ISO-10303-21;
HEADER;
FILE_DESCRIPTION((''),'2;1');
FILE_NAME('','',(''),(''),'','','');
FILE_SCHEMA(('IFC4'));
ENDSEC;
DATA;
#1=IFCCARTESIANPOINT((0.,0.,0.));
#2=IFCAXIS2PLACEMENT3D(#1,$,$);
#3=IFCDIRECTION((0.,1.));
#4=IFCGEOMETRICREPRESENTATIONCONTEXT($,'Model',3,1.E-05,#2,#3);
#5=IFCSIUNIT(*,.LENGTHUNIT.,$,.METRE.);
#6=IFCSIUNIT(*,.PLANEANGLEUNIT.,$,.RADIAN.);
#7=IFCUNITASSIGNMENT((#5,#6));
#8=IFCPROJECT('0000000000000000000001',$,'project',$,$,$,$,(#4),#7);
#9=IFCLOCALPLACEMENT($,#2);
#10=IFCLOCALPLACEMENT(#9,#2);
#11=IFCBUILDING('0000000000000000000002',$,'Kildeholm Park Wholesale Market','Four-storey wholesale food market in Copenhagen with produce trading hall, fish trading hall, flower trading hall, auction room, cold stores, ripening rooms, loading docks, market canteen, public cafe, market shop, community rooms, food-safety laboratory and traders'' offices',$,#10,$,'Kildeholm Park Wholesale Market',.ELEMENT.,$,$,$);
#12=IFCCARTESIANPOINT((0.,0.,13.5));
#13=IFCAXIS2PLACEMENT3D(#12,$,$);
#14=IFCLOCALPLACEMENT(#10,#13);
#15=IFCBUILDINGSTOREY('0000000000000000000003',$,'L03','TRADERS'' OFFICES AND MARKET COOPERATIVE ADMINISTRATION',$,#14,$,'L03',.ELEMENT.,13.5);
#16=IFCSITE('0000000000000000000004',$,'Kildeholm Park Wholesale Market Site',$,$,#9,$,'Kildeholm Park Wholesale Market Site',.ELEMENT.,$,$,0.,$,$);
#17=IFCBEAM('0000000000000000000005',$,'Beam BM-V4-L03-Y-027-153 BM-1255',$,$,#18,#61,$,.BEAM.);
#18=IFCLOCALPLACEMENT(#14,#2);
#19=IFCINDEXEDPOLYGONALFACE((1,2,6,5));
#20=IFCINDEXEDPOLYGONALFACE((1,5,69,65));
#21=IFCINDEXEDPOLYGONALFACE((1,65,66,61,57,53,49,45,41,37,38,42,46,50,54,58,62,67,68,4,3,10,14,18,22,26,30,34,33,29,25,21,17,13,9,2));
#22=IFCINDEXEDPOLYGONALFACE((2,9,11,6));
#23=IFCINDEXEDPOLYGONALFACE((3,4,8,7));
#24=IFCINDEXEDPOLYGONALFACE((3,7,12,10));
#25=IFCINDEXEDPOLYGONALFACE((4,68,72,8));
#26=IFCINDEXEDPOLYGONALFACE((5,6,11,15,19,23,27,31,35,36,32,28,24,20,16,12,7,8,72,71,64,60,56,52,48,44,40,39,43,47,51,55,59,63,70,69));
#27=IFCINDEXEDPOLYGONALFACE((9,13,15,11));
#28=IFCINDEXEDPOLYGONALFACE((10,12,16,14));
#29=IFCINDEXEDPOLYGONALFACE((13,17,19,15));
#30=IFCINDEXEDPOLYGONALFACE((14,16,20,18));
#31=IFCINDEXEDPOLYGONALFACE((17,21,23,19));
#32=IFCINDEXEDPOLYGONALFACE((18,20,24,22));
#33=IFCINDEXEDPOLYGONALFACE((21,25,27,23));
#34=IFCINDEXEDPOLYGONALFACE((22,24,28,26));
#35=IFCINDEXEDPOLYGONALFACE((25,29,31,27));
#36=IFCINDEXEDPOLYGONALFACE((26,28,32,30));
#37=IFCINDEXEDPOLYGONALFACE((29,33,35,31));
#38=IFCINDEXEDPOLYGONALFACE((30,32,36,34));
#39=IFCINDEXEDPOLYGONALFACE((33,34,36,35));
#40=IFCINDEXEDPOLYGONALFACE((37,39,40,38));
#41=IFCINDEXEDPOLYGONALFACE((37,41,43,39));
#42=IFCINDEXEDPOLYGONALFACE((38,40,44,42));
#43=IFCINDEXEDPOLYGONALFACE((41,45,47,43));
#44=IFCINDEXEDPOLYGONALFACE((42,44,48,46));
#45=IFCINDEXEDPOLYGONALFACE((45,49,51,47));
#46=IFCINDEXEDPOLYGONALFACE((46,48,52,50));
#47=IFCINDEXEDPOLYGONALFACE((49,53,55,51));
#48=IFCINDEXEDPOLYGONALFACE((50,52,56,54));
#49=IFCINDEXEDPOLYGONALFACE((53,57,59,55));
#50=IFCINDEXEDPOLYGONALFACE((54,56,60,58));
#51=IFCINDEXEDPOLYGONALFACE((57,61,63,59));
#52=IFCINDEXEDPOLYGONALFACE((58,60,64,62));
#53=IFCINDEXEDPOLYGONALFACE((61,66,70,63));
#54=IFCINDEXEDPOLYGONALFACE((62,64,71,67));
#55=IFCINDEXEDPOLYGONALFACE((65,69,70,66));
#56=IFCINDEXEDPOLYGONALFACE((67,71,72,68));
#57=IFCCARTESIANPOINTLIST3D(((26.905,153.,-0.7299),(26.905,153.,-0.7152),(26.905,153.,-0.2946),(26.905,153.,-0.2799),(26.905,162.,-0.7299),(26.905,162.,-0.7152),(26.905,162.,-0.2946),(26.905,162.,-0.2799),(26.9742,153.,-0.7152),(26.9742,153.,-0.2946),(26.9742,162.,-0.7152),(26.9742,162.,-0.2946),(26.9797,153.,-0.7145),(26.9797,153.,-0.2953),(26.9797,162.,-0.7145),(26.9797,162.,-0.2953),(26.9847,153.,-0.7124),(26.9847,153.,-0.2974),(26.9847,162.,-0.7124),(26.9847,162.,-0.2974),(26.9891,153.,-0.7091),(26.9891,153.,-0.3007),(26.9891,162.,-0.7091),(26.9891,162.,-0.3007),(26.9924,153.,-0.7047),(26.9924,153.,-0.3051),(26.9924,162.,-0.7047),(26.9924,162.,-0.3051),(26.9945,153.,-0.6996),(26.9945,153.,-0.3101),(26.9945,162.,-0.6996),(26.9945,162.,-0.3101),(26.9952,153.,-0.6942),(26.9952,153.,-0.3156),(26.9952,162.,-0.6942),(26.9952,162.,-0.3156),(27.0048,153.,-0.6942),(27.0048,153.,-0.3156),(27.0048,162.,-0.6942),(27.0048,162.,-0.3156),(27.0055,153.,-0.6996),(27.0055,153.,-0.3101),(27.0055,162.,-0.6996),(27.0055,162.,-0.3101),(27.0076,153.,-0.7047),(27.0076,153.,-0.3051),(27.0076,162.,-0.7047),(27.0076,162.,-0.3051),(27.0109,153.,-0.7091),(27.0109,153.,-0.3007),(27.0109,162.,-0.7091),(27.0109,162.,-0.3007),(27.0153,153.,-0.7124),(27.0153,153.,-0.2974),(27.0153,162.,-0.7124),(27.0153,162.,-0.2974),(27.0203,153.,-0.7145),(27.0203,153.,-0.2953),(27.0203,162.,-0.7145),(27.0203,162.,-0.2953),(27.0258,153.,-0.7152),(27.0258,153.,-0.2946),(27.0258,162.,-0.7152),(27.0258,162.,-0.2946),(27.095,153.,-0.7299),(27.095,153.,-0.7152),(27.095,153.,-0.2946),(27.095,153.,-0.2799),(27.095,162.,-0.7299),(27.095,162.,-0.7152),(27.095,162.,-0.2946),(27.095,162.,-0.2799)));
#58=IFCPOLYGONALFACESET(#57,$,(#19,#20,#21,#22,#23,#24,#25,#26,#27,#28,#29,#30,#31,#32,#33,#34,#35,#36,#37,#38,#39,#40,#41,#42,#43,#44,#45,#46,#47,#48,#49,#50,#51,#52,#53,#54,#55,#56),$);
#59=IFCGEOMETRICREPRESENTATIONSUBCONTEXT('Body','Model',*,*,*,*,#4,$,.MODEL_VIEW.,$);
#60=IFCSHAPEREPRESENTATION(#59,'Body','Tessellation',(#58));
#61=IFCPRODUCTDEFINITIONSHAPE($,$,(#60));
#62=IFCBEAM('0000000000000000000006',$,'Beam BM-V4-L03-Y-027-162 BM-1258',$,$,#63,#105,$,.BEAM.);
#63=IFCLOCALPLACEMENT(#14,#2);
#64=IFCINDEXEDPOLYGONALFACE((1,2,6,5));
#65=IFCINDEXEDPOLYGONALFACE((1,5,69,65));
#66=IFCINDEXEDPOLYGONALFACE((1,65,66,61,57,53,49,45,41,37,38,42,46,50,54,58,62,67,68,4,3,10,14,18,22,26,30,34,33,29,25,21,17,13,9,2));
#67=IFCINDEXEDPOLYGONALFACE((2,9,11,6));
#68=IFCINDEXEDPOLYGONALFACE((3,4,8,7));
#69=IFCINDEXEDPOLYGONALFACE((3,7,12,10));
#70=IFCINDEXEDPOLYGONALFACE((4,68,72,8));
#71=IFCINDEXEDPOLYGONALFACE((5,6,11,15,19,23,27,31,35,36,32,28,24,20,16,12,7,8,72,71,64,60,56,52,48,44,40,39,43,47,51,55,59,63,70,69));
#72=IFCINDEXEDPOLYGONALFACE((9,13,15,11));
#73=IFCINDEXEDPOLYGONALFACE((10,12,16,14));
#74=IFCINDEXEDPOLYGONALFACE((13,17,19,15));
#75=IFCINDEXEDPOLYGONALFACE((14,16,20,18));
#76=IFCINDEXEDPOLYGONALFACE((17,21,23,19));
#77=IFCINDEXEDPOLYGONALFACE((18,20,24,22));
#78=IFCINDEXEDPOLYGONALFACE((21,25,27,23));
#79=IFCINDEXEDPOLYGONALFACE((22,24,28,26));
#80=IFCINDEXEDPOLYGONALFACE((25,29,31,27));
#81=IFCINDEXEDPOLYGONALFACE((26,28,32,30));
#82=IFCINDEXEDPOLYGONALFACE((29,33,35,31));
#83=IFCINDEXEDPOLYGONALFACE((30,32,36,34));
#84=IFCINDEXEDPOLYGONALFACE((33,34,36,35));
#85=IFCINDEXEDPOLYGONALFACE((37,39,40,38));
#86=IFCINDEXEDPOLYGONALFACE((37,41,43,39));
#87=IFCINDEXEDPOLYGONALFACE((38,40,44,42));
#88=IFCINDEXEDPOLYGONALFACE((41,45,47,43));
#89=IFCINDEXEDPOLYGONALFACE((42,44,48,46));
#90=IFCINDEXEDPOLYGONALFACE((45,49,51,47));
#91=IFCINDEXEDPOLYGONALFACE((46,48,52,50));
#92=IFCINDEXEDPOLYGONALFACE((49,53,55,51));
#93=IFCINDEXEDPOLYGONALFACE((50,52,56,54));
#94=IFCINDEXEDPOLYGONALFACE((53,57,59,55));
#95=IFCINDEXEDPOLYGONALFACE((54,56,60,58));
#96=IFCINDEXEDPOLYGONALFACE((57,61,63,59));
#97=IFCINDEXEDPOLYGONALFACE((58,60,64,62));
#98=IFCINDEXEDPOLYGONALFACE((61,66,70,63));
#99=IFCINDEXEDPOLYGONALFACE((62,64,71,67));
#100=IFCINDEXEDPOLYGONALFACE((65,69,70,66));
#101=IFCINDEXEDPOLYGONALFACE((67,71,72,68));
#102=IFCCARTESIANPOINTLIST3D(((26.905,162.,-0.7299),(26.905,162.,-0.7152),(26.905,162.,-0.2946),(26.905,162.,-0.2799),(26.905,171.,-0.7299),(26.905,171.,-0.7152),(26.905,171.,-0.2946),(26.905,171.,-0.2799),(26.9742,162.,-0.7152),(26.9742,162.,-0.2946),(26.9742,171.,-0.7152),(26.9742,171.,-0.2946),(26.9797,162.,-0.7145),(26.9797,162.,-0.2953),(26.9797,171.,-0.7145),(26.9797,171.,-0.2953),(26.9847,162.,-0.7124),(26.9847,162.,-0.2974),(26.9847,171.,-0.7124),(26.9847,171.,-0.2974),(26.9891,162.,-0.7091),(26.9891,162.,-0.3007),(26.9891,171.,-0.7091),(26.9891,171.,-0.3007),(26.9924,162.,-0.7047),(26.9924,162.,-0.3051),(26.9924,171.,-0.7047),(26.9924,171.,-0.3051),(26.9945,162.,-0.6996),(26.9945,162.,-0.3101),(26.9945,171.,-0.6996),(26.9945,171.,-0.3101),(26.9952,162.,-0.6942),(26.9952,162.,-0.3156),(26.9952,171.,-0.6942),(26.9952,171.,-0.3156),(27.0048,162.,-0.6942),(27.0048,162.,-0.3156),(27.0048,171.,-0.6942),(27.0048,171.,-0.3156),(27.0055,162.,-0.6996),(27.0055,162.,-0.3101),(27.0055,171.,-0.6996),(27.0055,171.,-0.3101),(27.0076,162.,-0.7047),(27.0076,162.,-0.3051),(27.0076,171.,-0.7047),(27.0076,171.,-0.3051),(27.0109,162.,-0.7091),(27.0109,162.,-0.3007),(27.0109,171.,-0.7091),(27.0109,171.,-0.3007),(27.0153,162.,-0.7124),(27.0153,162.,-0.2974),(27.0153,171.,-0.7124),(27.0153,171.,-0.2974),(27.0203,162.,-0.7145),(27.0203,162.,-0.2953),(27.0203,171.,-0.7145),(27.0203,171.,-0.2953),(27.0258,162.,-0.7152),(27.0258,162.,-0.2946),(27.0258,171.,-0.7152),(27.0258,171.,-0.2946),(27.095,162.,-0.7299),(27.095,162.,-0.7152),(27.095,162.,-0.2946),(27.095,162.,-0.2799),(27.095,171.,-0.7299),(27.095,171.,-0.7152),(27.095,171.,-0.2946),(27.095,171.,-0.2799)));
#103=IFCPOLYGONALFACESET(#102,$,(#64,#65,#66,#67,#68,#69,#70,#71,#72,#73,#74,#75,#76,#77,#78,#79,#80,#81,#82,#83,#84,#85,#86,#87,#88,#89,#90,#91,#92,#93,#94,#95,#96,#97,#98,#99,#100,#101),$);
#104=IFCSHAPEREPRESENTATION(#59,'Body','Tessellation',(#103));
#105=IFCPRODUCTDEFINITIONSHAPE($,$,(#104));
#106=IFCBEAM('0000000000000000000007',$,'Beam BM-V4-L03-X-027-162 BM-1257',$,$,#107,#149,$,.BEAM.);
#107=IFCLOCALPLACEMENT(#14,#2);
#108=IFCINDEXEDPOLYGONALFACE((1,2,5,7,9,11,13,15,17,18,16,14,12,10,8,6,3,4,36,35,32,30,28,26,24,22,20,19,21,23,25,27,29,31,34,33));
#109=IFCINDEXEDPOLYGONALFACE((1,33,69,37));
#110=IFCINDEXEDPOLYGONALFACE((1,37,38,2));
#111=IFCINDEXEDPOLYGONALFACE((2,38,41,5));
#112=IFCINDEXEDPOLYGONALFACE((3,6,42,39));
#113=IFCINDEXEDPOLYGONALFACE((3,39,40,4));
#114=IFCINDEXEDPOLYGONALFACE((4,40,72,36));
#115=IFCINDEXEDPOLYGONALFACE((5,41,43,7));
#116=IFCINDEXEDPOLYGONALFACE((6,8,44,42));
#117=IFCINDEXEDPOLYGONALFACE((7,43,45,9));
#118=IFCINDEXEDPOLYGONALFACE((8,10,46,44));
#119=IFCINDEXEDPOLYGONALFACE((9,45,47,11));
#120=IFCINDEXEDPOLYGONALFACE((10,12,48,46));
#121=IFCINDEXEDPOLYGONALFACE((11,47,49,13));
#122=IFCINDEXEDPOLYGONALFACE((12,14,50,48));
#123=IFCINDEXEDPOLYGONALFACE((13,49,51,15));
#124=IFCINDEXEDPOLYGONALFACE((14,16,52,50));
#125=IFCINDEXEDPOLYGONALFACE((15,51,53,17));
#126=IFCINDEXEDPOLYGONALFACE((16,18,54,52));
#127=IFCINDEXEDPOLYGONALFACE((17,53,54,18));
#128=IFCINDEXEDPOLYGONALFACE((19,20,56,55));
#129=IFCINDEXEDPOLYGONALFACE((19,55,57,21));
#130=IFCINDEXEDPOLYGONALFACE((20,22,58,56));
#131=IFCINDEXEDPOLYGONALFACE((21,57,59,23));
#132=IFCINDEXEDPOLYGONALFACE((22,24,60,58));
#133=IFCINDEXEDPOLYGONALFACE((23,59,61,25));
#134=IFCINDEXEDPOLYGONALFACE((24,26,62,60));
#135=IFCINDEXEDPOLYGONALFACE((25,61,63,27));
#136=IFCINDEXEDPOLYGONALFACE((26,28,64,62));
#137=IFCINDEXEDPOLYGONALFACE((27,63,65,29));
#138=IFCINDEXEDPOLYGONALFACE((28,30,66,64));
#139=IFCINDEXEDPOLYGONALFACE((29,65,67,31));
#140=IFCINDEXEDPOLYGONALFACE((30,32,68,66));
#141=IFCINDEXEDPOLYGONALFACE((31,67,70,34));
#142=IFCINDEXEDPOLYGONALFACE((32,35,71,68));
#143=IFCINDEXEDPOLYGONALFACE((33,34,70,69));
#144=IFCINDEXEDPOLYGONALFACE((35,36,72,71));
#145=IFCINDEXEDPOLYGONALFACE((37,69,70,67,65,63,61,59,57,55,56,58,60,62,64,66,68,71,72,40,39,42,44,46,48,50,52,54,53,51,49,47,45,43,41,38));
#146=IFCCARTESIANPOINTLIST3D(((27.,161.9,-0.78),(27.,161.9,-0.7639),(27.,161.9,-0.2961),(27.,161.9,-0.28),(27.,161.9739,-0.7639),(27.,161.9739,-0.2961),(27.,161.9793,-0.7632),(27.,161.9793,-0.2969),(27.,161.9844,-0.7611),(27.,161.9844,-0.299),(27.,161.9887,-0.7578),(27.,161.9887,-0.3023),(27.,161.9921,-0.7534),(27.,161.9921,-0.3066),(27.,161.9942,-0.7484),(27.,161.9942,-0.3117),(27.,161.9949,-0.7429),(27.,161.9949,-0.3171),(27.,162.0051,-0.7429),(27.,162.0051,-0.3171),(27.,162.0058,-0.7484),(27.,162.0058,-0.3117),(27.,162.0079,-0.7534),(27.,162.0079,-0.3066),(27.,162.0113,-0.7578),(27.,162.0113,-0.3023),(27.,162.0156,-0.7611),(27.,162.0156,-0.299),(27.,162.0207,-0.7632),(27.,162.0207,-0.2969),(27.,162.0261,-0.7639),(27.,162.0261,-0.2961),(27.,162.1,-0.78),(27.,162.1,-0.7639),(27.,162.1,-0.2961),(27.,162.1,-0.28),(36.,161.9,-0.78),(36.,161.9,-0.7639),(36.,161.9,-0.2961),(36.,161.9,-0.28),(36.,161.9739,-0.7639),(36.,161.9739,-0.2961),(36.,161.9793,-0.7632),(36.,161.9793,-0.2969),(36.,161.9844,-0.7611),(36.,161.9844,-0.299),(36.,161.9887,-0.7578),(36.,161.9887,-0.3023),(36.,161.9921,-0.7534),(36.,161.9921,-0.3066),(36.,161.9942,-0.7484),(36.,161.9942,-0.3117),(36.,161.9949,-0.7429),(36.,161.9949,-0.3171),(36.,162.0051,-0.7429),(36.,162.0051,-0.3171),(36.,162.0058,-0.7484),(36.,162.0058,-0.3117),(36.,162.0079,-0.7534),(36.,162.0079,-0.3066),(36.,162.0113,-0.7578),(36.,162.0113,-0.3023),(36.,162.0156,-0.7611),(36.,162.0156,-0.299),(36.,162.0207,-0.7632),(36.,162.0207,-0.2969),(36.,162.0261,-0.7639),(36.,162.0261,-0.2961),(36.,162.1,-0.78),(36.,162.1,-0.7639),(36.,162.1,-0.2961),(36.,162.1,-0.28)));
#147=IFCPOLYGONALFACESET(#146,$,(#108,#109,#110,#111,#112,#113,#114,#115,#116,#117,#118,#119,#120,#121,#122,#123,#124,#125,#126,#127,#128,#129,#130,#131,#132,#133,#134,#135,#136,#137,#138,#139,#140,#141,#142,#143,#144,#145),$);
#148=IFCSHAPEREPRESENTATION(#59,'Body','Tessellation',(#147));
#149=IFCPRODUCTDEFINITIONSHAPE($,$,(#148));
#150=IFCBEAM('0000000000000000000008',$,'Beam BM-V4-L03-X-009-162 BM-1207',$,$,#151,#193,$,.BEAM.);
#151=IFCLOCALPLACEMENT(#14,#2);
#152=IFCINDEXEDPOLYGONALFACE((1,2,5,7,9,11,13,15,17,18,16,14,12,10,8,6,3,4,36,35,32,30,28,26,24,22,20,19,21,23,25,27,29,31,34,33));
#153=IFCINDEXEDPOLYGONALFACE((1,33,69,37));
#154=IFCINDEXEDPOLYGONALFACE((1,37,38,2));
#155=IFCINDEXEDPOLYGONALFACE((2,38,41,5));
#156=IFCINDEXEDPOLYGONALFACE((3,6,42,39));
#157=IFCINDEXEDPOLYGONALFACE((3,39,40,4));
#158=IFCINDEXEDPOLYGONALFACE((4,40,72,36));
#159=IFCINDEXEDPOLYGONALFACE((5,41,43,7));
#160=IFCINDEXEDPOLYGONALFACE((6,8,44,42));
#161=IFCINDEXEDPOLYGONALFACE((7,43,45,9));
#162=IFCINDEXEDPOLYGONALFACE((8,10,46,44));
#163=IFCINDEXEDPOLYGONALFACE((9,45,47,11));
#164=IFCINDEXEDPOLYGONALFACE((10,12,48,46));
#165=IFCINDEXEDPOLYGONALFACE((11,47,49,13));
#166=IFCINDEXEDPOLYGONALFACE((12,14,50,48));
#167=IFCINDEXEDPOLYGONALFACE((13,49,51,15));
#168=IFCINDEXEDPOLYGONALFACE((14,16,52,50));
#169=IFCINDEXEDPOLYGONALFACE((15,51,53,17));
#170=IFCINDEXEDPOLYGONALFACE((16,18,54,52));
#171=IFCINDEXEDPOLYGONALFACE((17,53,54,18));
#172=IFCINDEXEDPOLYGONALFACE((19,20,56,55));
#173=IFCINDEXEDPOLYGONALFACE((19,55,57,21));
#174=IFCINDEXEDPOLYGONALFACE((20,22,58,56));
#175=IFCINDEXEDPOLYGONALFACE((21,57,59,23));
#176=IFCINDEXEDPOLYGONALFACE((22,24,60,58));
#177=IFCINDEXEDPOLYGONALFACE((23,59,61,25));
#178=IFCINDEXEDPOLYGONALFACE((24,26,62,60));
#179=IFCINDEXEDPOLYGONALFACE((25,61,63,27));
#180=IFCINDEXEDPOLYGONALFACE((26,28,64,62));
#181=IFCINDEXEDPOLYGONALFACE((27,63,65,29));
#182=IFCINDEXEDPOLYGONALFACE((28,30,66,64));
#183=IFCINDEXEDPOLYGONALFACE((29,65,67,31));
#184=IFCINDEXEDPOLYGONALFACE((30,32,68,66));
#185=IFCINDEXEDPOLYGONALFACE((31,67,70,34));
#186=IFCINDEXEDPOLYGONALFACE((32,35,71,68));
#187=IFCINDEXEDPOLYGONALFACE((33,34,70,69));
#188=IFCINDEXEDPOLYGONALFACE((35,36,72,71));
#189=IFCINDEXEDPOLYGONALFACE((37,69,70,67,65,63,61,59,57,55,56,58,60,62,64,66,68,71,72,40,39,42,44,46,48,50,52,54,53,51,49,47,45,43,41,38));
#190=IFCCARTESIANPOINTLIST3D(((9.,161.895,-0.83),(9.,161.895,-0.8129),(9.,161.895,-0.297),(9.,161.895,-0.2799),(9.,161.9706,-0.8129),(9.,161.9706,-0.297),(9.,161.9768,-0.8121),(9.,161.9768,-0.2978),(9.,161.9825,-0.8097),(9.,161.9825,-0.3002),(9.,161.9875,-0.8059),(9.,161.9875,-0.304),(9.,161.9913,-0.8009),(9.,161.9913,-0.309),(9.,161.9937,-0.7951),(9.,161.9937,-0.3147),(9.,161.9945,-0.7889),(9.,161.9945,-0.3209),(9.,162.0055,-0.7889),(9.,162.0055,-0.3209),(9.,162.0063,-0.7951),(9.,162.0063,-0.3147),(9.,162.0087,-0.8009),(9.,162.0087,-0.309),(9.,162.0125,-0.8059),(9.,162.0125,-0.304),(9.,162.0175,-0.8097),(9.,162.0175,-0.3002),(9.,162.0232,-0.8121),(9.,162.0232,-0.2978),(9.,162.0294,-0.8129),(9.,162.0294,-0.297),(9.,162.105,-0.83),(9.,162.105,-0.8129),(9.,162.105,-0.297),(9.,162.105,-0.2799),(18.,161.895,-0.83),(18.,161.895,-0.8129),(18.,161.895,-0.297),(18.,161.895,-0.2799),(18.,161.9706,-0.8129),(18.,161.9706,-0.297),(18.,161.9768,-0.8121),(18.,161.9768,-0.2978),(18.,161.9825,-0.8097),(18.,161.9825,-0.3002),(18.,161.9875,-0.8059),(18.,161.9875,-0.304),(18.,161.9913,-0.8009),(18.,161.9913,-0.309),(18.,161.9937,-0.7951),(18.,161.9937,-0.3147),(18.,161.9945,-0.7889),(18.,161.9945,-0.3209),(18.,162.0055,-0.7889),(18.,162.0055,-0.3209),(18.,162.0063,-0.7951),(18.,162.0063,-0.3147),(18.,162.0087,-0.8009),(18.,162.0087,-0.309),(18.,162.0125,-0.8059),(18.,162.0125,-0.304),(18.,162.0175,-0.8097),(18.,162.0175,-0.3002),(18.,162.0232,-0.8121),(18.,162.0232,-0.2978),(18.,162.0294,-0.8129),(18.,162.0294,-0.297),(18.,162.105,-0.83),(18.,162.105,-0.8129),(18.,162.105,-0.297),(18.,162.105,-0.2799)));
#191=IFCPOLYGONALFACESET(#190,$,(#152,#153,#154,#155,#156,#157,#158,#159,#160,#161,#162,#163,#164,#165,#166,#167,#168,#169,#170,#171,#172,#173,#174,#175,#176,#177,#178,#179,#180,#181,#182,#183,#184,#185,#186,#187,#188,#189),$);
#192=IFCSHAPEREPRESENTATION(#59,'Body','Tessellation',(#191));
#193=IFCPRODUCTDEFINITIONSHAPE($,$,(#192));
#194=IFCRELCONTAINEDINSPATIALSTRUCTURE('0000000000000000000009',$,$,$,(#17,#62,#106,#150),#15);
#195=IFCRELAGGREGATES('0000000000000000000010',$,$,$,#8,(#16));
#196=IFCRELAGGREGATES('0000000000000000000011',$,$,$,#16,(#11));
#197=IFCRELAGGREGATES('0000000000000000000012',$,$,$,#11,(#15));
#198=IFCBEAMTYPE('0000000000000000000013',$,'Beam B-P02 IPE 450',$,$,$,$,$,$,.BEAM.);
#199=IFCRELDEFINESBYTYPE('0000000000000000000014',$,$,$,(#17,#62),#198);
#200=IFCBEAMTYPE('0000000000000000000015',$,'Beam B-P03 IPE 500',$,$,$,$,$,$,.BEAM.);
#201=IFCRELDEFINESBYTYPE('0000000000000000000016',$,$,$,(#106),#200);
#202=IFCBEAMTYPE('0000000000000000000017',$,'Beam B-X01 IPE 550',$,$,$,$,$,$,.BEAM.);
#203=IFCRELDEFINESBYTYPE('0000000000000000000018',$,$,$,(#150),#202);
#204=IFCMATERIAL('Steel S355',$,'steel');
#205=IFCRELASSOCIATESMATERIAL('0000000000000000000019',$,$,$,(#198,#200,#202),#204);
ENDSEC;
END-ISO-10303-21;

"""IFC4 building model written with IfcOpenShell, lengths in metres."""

from ifc_helpers import new_model, si_unit, direction, frame, origin, origin_2d, place, context, subcontext, project, spatial, i_section, extrude, material, material_profile, profile_set, type_object, element, save


model = new_model("IFC4")

# Units and contexts
model_context = context("Model", 3, precision=1e-05, world=origin(), true_north=direction((0.0, 1.0)))
body_context = subcontext(model_context, "Body", "Model", "MODEL_VIEW")
ifc_project = project(units=[si_unit("LENGTHUNIT", "METRE"), si_unit("PLANEANGLEUNIT", "RADIAN")], contexts=[model_context])

# Site, building, storey
site_placement = place(None, origin())
site = spatial("IfcSite", under=ifc_project, at=site_placement, Name="Kildeholm Park Wholesale Market Site", LongName="Kildeholm Park Wholesale Market Site", CompositionType="ELEMENT", RefElevation=0.0)
building_placement = place(site_placement, origin())
building = spatial("IfcBuilding", under=site, at=building_placement, Name="Kildeholm Park Wholesale Market", Description="Four-storey wholesale food market in Copenhagen with produce trading hall, fish trading hall, flower trading hall, auction room, cold stores, ripening rooms, loading docks, market canteen, public cafe, market shop, community rooms, food-safety laboratory and traders' offices", LongName="Kildeholm Park Wholesale Market", CompositionType="ELEMENT")
storey_placement = place(building_placement, frame((0.0, 0.0, 13.5)))
storey = spatial("IfcBuildingStorey", under=building, at=storey_placement, Name="L03", Description="TRADERS' OFFICES AND MARKET COOPERATIVE ADMINISTRATION", LongName="L03", CompositionType="ELEMENT", Elevation=13.5)

# Beams
ifc_material_1 = material(Name="Steel S355", Category="steel")
ifc_material_profile_1 = material_profile(ifc_material_1, i_section(OverallWidth=0.1899, OverallDepth=0.45, WebThickness=0.0095, FlangeThickness=0.0146, FilletRadius=0.021, at=origin_2d()), Name="IPE 450")
ifc_profile_set_1 = profile_set([ifc_material_profile_1], Name="Steel S355")
beam_type_1 = type_object("IfcBeamType", Name="Beam B-P02 IPE 450", PredefinedType="BEAM", material=ifc_profile_set_1)
for number, where, z_axis, x_axis, name in (
    (1, (27.0, 153.0, -0.5049), (0.0, 1.0, 0.0), (-1.0, 0.0, 0.0), "Beam BM-V4-L03-Y-027-153 BM-1255"),
    (2, (27.0, 162.0, -0.5049), (0.0, 1.0, 0.0), (-1.0, 0.0, 0.0), "Beam BM-V4-L03-Y-027-162 BM-1258"),
):
    element("IfcBeam", number, at=place(storey_placement, frame(where, z_axis=z_axis, x_axis=x_axis)), inside=storey, type_object=beam_type_1, Name=name, PredefinedType="BEAM", context=body_context, shape_type="SweptSolid", body=[
        extrude(i_section(OverallWidth=0.1899, OverallDepth=0.45, WebThickness=0.0095, FlangeThickness=0.0146, FilletRadius=0.021, at=origin_2d()), origin(), (0.0, 0.0, 1.0), 9.0),
    ])
ifc_material_profile_2 = material_profile(ifc_material_1, i_section(OverallWidth=0.2, OverallDepth=0.5, WebThickness=0.0103, FlangeThickness=0.0161, FilletRadius=0.021, at=origin_2d()), Name="IPE 500")
ifc_profile_set_2 = profile_set([ifc_material_profile_2], Name="Steel S355")
beam_type_2 = type_object("IfcBeamType", Name="Beam B-P03 IPE 500", PredefinedType="BEAM", material=ifc_profile_set_2)
beam_1_placement = place(storey_placement, frame((27.0, 162.0, -0.53), z_axis=(1.0, 0.0, 0.0), x_axis=(0.0, 1.0, 0.0)))
element("IfcBeam", 3, at=beam_1_placement, inside=storey, type_object=beam_type_2, Name="Beam BM-V4-L03-X-027-162 BM-1257", PredefinedType="BEAM", context=body_context, shape_type="SweptSolid", body=[
    extrude(i_section(OverallWidth=0.2, OverallDepth=0.5, WebThickness=0.0103, FlangeThickness=0.0161, FilletRadius=0.021, at=origin_2d()), origin(), (0.0, 0.0, 1.0), 9.0),
])
ifc_material_profile_3 = material_profile(ifc_material_1, i_section(OverallWidth=0.21, OverallDepth=0.55, WebThickness=0.011, FlangeThickness=0.0171, FilletRadius=0.0239, at=origin_2d()), Name="IPE 550")
ifc_profile_set_3 = profile_set([ifc_material_profile_3], Name="Steel S355")
beam_type_3 = type_object("IfcBeamType", Name="Beam B-X01 IPE 550", PredefinedType="BEAM", material=ifc_profile_set_3)
for number, where, z_axis, x_axis, name in (
    (4, (9.0, 162.0, -0.5549), (1.0, 0.0, 0.0), (0.0, 1.0, 0.0), "Beam BM-V4-L03-X-009-162 BM-1207"),
):
    element("IfcBeam", number, at=place(storey_placement, frame(where, z_axis=z_axis, x_axis=x_axis)), inside=storey, type_object=beam_type_3, Name=name, PredefinedType="BEAM", context=body_context, shape_type="SweptSolid", body=[
        extrude(i_section(OverallWidth=0.21, OverallDepth=0.55, WebThickness=0.011, FlangeThickness=0.0171, FilletRadius=0.0239, at=origin_2d()), origin(), (0.0, 0.0, 1.0), 9.0),
    ])

save(model, "model.ifc")
